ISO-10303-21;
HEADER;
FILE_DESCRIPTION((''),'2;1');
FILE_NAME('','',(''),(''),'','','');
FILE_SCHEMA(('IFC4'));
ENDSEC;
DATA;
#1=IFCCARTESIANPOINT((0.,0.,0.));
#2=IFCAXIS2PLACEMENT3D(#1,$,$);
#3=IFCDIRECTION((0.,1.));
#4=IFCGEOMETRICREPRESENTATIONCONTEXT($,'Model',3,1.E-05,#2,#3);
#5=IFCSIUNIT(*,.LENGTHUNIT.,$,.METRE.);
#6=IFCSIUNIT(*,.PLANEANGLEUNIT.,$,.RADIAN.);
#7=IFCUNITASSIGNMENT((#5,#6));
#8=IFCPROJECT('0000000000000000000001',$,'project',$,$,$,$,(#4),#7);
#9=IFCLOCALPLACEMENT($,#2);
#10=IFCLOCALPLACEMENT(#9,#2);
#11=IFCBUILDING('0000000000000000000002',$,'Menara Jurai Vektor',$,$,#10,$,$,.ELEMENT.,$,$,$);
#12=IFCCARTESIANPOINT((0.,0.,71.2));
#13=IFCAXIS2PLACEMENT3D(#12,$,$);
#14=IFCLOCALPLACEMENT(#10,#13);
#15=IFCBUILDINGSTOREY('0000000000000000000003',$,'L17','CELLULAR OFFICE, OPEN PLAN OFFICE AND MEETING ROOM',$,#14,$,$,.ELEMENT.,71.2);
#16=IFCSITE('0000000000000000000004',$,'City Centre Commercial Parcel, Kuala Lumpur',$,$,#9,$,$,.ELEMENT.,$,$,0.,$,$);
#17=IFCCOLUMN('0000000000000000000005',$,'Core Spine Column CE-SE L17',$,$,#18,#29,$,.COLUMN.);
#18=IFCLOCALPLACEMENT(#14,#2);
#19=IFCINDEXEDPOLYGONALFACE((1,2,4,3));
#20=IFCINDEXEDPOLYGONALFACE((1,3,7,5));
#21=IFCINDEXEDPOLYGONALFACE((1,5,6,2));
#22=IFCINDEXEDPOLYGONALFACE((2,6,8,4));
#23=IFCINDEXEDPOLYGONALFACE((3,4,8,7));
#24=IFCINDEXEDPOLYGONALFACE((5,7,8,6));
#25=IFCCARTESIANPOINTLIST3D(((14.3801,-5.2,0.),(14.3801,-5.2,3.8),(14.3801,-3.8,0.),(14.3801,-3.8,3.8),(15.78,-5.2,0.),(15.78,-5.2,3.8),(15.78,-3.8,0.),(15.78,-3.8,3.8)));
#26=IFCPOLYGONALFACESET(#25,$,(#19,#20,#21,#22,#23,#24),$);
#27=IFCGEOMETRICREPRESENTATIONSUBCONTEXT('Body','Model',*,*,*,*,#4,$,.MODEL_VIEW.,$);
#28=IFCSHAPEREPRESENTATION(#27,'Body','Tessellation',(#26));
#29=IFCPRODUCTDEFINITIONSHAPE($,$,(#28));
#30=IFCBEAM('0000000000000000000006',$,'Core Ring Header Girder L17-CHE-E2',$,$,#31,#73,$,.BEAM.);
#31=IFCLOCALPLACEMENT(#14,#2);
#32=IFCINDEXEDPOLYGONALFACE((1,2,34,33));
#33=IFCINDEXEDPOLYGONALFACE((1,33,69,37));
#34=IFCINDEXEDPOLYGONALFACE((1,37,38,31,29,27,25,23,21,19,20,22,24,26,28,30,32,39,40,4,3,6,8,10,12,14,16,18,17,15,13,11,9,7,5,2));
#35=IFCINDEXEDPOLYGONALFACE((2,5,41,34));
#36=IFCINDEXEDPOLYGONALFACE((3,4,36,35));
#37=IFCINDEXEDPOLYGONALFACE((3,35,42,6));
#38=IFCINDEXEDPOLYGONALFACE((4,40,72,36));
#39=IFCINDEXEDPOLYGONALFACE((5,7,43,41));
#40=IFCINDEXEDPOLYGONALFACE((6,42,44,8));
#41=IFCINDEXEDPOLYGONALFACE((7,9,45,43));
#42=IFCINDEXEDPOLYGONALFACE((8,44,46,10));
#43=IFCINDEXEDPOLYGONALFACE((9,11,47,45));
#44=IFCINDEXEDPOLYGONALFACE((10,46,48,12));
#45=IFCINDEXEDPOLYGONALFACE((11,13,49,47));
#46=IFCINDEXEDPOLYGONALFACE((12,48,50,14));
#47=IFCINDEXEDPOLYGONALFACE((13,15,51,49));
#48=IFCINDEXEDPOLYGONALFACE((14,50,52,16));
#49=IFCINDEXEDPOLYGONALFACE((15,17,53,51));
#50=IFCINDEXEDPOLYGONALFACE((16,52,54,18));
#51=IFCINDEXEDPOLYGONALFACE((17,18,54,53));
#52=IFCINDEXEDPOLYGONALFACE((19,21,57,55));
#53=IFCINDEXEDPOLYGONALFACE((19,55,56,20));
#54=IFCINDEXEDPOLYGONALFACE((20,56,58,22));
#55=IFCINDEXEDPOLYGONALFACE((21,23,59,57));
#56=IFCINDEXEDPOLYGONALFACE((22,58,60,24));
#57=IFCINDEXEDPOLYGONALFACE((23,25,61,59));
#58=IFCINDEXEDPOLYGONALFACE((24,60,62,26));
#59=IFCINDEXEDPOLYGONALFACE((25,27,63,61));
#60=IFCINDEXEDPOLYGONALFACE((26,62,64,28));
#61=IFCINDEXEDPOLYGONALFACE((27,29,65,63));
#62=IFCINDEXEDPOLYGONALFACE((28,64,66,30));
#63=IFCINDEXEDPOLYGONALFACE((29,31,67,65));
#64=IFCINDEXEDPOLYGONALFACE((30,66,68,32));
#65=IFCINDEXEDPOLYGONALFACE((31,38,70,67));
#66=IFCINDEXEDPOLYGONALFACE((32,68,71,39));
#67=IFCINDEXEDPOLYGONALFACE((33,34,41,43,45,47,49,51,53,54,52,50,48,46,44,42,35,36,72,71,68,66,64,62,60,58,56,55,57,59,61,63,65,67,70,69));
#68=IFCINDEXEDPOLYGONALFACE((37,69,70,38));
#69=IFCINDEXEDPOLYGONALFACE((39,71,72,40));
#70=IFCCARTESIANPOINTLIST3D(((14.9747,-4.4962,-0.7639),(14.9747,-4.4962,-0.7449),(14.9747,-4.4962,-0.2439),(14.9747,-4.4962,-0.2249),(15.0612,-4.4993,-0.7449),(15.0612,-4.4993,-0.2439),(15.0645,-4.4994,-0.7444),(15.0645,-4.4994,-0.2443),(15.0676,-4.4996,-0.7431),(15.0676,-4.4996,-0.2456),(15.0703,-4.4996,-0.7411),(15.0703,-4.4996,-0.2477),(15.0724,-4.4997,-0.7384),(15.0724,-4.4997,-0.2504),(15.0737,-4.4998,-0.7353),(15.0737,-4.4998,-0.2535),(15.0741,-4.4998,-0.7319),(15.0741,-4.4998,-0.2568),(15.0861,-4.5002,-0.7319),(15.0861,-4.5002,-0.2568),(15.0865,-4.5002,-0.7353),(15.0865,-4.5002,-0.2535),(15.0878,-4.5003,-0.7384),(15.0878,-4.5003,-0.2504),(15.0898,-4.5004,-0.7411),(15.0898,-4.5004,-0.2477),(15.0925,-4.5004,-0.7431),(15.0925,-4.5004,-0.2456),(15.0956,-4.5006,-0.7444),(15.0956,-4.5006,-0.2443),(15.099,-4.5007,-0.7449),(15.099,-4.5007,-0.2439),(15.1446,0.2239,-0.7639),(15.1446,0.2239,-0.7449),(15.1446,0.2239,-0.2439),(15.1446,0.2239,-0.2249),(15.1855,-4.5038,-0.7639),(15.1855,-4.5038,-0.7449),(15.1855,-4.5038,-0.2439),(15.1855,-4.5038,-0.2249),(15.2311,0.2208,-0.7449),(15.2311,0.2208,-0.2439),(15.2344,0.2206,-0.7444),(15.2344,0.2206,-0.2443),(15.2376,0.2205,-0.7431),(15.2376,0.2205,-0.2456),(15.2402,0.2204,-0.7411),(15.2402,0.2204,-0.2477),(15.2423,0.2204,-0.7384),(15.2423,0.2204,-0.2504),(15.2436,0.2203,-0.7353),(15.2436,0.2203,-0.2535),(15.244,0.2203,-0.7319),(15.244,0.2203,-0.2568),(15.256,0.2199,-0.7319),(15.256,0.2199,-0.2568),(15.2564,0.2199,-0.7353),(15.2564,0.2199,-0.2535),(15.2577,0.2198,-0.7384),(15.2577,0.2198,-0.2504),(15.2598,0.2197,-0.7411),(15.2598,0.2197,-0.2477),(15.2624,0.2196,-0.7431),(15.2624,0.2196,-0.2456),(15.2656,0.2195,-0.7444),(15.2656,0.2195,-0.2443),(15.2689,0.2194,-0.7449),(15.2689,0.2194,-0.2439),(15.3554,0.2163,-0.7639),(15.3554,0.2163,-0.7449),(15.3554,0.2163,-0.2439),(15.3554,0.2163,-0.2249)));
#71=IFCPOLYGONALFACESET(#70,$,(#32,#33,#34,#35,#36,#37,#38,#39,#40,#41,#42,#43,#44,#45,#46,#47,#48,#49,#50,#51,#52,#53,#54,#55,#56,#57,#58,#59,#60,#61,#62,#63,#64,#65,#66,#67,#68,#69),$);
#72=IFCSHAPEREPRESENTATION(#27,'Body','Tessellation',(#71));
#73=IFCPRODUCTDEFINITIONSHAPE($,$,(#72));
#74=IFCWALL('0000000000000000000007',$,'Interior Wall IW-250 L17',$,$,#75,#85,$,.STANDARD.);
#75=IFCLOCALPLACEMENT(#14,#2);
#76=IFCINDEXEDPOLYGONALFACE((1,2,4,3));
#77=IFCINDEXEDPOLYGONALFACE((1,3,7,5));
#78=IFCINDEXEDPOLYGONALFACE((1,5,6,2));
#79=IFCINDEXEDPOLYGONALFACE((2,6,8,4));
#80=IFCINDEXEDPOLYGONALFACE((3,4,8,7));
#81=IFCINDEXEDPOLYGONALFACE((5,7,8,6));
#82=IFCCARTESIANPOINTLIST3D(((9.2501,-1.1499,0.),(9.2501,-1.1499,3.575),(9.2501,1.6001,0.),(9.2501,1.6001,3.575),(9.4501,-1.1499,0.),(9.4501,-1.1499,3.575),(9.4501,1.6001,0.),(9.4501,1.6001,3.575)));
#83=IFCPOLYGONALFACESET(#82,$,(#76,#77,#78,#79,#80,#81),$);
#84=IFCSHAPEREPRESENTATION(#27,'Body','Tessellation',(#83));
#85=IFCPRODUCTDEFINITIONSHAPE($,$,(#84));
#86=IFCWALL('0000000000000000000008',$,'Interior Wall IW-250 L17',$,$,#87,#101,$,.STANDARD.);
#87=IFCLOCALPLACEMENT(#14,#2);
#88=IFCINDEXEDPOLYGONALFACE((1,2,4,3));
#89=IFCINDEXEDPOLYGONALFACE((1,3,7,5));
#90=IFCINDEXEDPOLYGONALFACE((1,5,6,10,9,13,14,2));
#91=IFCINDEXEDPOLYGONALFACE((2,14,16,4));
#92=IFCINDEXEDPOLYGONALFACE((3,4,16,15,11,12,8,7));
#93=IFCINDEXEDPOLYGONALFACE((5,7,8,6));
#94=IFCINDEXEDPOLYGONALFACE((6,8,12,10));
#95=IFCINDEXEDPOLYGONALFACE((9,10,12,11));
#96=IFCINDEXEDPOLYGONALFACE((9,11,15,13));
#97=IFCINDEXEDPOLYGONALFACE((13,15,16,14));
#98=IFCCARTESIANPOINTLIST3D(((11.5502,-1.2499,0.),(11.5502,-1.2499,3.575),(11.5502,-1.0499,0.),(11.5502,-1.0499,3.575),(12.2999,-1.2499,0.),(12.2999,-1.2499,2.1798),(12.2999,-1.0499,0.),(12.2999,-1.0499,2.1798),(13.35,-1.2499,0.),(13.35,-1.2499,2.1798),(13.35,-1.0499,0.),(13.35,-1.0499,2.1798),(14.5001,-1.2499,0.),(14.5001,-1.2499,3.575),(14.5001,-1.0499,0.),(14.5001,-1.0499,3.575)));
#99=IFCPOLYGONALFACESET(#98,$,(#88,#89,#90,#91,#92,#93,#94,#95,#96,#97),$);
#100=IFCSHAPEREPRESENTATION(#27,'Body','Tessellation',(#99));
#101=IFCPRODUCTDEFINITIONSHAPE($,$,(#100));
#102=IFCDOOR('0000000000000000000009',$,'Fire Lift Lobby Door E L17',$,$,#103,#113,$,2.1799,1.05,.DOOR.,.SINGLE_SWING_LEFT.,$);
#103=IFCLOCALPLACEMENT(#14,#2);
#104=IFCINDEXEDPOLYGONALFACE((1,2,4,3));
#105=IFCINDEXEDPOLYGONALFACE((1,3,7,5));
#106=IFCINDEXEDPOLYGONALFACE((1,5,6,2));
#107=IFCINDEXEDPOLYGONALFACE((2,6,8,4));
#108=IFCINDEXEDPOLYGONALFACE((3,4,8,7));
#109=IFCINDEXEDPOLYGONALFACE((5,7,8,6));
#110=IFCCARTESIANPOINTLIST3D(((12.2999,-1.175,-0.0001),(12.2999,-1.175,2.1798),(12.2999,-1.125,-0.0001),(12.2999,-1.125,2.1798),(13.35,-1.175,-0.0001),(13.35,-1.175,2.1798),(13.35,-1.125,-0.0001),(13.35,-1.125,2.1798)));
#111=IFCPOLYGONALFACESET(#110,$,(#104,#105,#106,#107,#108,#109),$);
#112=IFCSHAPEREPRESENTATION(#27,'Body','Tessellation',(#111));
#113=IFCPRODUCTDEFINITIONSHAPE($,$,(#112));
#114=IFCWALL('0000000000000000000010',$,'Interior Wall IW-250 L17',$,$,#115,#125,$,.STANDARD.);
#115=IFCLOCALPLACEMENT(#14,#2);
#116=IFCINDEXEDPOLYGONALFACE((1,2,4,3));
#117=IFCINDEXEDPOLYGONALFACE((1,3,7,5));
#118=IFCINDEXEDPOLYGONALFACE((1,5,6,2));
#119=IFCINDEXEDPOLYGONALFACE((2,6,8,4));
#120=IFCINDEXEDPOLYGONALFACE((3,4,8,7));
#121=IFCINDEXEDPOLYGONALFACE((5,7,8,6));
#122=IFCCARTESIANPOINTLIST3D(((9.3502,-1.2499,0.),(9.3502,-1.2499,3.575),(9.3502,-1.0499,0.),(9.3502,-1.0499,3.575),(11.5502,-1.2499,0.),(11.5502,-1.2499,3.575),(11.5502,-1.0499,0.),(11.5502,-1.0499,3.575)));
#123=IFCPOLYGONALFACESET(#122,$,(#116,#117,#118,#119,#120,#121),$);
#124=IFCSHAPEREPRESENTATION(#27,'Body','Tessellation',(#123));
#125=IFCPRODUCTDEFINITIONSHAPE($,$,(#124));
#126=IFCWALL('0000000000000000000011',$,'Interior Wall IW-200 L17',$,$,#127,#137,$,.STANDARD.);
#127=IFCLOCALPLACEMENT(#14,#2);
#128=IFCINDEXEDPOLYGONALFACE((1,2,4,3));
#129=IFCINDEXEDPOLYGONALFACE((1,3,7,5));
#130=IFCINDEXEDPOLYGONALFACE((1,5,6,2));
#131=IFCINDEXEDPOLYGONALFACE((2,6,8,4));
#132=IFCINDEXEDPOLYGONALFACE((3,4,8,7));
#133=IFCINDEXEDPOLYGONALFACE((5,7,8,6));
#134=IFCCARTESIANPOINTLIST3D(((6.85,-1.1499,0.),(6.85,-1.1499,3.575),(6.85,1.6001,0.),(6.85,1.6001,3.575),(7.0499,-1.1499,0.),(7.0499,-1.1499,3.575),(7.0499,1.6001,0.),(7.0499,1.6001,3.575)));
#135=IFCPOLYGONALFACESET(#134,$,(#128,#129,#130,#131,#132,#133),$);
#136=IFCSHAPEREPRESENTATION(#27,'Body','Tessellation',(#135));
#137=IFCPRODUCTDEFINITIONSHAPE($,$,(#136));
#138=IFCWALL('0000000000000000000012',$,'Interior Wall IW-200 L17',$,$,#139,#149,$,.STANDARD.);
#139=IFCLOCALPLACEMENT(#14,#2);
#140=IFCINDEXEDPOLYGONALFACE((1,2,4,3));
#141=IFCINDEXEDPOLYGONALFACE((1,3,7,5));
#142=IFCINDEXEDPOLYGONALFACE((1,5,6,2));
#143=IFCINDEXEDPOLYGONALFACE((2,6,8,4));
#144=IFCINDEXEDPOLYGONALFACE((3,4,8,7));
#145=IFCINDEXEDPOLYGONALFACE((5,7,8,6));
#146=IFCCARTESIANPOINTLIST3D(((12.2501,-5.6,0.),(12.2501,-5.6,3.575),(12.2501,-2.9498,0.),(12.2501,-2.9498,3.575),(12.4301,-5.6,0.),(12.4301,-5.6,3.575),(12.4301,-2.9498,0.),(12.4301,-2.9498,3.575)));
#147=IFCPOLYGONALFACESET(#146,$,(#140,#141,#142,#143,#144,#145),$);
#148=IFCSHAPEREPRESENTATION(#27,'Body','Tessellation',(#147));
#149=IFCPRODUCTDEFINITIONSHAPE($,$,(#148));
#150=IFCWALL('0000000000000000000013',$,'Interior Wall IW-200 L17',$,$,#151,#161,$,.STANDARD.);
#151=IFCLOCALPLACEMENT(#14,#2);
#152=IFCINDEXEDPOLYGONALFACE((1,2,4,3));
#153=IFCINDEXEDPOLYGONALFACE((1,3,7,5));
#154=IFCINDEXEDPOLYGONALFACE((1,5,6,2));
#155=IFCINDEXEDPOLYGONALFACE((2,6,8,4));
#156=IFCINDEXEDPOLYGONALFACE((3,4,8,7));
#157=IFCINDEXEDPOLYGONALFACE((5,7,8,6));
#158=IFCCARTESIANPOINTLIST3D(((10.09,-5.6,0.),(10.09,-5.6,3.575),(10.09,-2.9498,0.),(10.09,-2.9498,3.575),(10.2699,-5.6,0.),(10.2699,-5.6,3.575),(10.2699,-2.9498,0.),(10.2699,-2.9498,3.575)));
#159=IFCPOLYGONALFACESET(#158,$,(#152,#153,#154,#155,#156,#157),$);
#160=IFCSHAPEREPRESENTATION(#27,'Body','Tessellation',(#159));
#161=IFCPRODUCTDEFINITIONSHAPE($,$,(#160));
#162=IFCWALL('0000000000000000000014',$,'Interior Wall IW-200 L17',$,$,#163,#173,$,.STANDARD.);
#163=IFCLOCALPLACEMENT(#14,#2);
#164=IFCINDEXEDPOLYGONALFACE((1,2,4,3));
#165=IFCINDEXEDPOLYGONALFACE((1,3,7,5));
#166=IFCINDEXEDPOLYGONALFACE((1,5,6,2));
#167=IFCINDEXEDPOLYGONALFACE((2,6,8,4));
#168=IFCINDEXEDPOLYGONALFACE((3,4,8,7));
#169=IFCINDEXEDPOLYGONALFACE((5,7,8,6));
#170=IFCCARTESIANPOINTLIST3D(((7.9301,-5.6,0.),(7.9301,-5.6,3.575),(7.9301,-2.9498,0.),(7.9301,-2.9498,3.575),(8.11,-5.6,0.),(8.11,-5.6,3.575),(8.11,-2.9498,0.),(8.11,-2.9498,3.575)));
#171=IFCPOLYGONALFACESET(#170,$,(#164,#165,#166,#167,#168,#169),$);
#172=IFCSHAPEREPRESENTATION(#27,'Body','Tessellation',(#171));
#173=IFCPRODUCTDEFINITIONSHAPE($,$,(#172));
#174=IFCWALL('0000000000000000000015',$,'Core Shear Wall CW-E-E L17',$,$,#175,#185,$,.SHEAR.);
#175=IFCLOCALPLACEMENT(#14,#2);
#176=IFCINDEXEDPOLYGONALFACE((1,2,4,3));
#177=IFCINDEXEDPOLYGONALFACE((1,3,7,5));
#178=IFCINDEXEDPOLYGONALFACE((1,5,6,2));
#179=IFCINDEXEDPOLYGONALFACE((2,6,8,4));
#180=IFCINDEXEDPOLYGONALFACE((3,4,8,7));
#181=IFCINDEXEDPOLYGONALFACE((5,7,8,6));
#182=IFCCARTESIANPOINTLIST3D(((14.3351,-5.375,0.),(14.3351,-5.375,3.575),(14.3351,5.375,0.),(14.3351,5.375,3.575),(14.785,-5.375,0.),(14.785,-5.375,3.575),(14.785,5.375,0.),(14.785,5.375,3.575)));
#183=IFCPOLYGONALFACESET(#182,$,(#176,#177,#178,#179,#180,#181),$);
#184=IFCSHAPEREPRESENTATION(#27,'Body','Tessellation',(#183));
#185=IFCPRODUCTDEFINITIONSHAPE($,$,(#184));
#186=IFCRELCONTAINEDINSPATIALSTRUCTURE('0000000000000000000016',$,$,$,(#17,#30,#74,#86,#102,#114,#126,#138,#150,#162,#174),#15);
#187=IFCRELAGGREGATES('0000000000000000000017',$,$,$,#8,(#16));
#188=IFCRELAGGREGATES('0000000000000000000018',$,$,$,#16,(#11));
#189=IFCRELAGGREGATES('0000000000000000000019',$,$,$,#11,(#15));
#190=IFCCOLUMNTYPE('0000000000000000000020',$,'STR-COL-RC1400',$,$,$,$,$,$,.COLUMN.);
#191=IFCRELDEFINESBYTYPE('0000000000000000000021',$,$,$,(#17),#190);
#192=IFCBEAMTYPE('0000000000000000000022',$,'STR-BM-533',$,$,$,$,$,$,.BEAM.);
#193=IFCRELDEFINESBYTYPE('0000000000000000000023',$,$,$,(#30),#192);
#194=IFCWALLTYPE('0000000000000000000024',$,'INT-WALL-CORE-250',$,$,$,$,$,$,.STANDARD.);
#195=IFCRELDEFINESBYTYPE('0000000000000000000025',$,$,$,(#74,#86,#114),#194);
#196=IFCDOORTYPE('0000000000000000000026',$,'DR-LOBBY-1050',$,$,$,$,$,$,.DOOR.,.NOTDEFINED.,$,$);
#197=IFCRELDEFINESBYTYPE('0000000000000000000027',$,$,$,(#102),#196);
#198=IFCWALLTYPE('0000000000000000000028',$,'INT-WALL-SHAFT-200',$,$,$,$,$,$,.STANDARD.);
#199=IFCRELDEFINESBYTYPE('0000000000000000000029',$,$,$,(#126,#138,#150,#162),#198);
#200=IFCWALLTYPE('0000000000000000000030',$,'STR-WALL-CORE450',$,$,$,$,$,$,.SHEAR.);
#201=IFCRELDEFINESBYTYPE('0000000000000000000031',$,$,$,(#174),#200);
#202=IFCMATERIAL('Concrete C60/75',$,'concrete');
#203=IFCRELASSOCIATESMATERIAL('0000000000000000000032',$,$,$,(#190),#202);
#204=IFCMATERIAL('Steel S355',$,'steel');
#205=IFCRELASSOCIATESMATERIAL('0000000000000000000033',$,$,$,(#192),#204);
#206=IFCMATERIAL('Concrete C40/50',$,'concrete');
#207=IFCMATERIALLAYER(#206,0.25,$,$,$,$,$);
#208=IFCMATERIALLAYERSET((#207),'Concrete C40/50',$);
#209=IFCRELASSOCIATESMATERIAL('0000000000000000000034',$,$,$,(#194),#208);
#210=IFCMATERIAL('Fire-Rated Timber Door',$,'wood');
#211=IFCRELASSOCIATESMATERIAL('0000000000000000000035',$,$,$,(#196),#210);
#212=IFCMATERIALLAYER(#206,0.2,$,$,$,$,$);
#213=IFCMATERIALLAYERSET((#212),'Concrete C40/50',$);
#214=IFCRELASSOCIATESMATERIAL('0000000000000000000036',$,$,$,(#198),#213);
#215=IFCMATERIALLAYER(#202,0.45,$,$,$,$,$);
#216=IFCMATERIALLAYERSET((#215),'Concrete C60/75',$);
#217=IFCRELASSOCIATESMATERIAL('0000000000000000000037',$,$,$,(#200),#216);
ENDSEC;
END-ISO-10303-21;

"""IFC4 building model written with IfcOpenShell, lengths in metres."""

from ifc_helpers import new_model, si_unit, direction, frame, frame_2d, origin, origin_2d, place, context, subcontext, project, spatial, rectangle, i_section, extrude, material, layer, layer_set, material_profile, profile_set, type_object, element, fill, save


model = new_model("IFC4")

# Units and contexts
model_context = context("Model", 3, precision=1e-05, world=origin(), true_north=direction((0.0, 1.0)))
body_context = subcontext(model_context, "Body", "Model", "MODEL_VIEW")
ifc_project = project(units=[si_unit("LENGTHUNIT", "METRE"), si_unit("PLANEANGLEUNIT", "RADIAN")], contexts=[model_context])

# Site, building, storey
site_placement = place(None, origin())
site = spatial("IfcSite", under=ifc_project, at=site_placement, Name="City Centre Commercial Parcel, Kuala Lumpur", CompositionType="ELEMENT", RefElevation=0.0)
building_placement = place(site_placement, origin())
building = spatial("IfcBuilding", under=site, at=building_placement, Name="Menara Jurai Vektor", CompositionType="ELEMENT")
storey_placement = place(building_placement, frame((0.0, 0.0, 71.2)))
storey = spatial("IfcBuildingStorey", under=building, at=storey_placement, Name="L17", Description="CELLULAR OFFICE, OPEN PLAN OFFICE AND MEETING ROOM", CompositionType="ELEMENT", Elevation=71.2)

# Column
ifc_material_1 = material(Name="Concrete C60/75", Category="concrete")
ifc_material_profile_1 = material_profile(ifc_material_1, rectangle(XDim=1.3999, YDim=1.3999, at=origin_2d()), Name="RC 1400x1400")
ifc_profile_set_1 = profile_set([ifc_material_profile_1], Name="Concrete C60/75")
column_type = type_object("IfcColumnType", Name="STR-COL-RC1400", PredefinedType="COLUMN", material=ifc_profile_set_1)
column_placement = place(storey_placement, frame((15.0801, -4.5, 0.0), z_axis=(0.0, 0.0, 1.0), x_axis=(1.0, 0.0, 0.0)))
element("IfcColumn", 1, at=column_placement, inside=storey, type_object=column_type, Name="Core Spine Column CE-SE L17", PredefinedType="COLUMN", context=body_context, shape_type="SweptSolid", body=[
    extrude(rectangle(XDim=1.3999, YDim=1.3999, at=origin_2d()), origin(), (0.0, 0.0, 1.0), 3.8),
])

# Beam
ifc_material_2 = material(Name="Steel S355", Category="steel")
ifc_material_profile_2 = material_profile(ifc_material_2, i_section(OverallWidth=0.2109, OverallDepth=0.5391, WebThickness=0.012, FlangeThickness=0.019, FilletRadius=0.0129, at=origin_2d()), Name="UKB 533x210x109")
ifc_profile_set_2 = profile_set([ifc_material_profile_2], Name="Steel S355")
beam_type = type_object("IfcBeamType", Name="STR-BM-533", PredefinedType="BEAM", material=ifc_profile_set_2)
beam_placement = place(storey_placement, frame((15.0801, -4.5, -0.4944), z_axis=(0.035977, 0.999353, 0.0), x_axis=(-0.999353, 0.035977, 0.0)))
element("IfcBeam", 2, at=beam_placement, inside=storey, type_object=beam_type, Name="Core Ring Header Girder L17-CHE-E2", PredefinedType="BEAM", context=body_context, shape_type="SweptSolid", body=[
    extrude(i_section(OverallWidth=0.2109, OverallDepth=0.5391, WebThickness=0.012, FlangeThickness=0.019, FilletRadius=0.0129, at=origin_2d()), origin(), (0.0, 0.0, 1.0), 4.7231),
])

# Shared definitions
ifc_material_3 = material(Name="Concrete C40/50", Category="concrete")
ifc_layer_1 = layer(ifc_material_3, 0.25)
ifc_layer_set_1 = layer_set([ifc_layer_1], Name="Concrete C40/50")
wall_type_1 = type_object("IfcWallType", Name="INT-WALL-CORE-250", PredefinedType="STANDARD", material=ifc_layer_set_1)

# Wall
wall_1_placement = place(storey_placement, frame((9.3501, -1.1499, 0.0), z_axis=(0.0, 0.0, 1.0), x_axis=(0.0, 1.0, 0.0)))
element("IfcWall", 3, at=wall_1_placement, inside=storey, type_object=wall_type_1, Name="Interior Wall IW-250 L17", PredefinedType="STANDARD", context=body_context, shape_type="SweptSolid", body=[
    extrude(rectangle(XDim=2.75, YDim=0.2, at=frame_2d((1.375, 0.0))), origin(), (0.0, 0.0, 1.0), 3.575),
])

# Wall, opening, door
wall_2_placement = place(storey_placement, frame((11.55, -1.1499, 0.0), z_axis=(0.0, 0.0, 1.0), x_axis=(1.0, 0.0, 0.0)))
wall_2 = element("IfcWall", 4, at=wall_2_placement, inside=storey, type_object=wall_type_1, Name="Interior Wall IW-250 L17", PredefinedType="STANDARD", context=body_context, shape_type="SweptSolid", body=[
    extrude(rectangle(XDim=2.95, YDim=0.2, at=frame_2d((1.4751, 0.0))), origin(), (0.0, 0.0, 1.0), 3.575),
])
opening_1_placement = place(wall_2_placement, frame((0.75, 0.0, 0.0)))
opening_1 = element("IfcOpeningElement", 5, at=opening_1_placement, cuts=wall_2, PredefinedType="OPENING", context=body_context, shape_type="SweptSolid", body=[
    extrude(rectangle(XDim=1.05, YDim=2.1799, at=frame_2d((0.5249, 1.0898))), frame((0.0, 0.1099, 0.0), z_axis=(0.0, -1.0, 0.0), x_axis=(1.0, 0.0, 0.0)), (0.0, 0.0, 1.0), 0.22),
])
ifc_material_4 = material(Name="Fire-Rated Timber Door", Category="wood")
door_type_1 = type_object("IfcDoorType", Name="DR-LOBBY-1050", OperationType="NOTDEFINED", PredefinedType="DOOR", material=ifc_material_4)
door_1_placement = place(opening_1_placement, origin())
door_1 = element("IfcDoor", 6, at=door_1_placement, inside=storey, type_object=door_type_1, Name="Fire Lift Lobby Door E L17", OperationType="SINGLE_SWING_LEFT", OverallHeight=2.1799, OverallWidth=1.05, PredefinedType="DOOR", context=body_context, shape_type="SweptSolid", body=[
    extrude(rectangle(XDim=1.05, YDim=2.1799, at=frame_2d((0.5249, 1.0898))), frame((0.0, 0.0249, 0.0), z_axis=(0.0, -1.0, 0.0), x_axis=(1.0, 0.0, 0.0)), (0.0, 0.0, 1.0), 0.05),
])
fill(opening_1, door_1)

# Wall
wall_3_placement = place(storey_placement, frame((9.3501, -1.1499, 0.0), z_axis=(0.0, 0.0, 1.0), x_axis=(1.0, 0.0, 0.0)))
element("IfcWall", 7, at=wall_3_placement, inside=storey, type_object=wall_type_1, Name="Interior Wall IW-250 L17", PredefinedType="STANDARD", context=body_context, shape_type="SweptSolid", body=[
    extrude(rectangle(XDim=2.2, YDim=0.2, at=frame_2d((1.1001, 0.0))), origin(), (0.0, 0.0, 1.0), 3.575),
])

# Wall
ifc_layer_2 = layer(ifc_material_3, 0.2)
ifc_layer_set_2 = layer_set([ifc_layer_2], Name="Concrete C40/50")
wall_type_2 = type_object("IfcWallType", Name="INT-WALL-SHAFT-200", PredefinedType="STANDARD", material=ifc_layer_set_2)
wall_4_placement = place(storey_placement, frame((6.95, -1.1499, 0.0), z_axis=(0.0, 0.0, 1.0), x_axis=(0.0, 1.0, 0.0)))
element("IfcWall", 8, at=wall_4_placement, inside=storey, type_object=wall_type_2, Name="Interior Wall IW-200 L17", PredefinedType="STANDARD", context=body_context, shape_type="SweptSolid", body=[
    extrude(rectangle(XDim=2.75, YDim=0.2, at=frame_2d((1.375, 0.0))), origin(), (0.0, 0.0, 1.0), 3.575),
])

# Walls
for number, where, z_axis, x_axis, name in (
    (9, (12.3401, -5.6001, 0.0), (0.0, 0.0, 1.0), (0.0, 1.0, 0.0), "Interior Wall IW-200 L17"),
    (10, (10.1799, -5.6001, 0.0), (0.0, 0.0, 1.0), (0.0, 1.0, 0.0), "Interior Wall IW-200 L17"),
    (11, (8.02, -5.6001, 0.0), (0.0, 0.0, 1.0), (0.0, 1.0, 0.0), "Interior Wall IW-200 L17"),
):
    element("IfcWall", number, at=place(storey_placement, frame(where, z_axis=z_axis, x_axis=x_axis)), inside=storey, type_object=wall_type_2, Name=name, PredefinedType="STANDARD", context=body_context, shape_type="SweptSolid", body=[
        extrude(rectangle(XDim=2.6501, YDim=0.1799, at=frame_2d((1.3252, 0.0))), origin(), (0.0, 0.0, 1.0), 3.575),
    ])
ifc_layer_3 = layer(ifc_material_1, 0.45)
ifc_layer_set_3 = layer_set([ifc_layer_3], Name="Concrete C60/75")
wall_type_3 = type_object("IfcWallType", Name="STR-WALL-CORE450", PredefinedType="SHEAR", material=ifc_layer_set_3)
wall_5_placement = place(storey_placement, frame((14.5601, -5.375, 0.0), z_axis=(0.0, 0.0, 1.0), x_axis=(0.0, 1.0, 0.0)))
element("IfcWall", 12, at=wall_5_placement, inside=storey, type_object=wall_type_3, Name="Core Shear Wall CW-E-E L17", PredefinedType="SHEAR", context=body_context, shape_type="SweptSolid", body=[
    extrude(rectangle(XDim=10.75, YDim=0.45, at=frame_2d((5.375, 0.0))), origin(), (0.0, 0.0, 1.0), 3.575),
])

save(model, "model.ifc")
